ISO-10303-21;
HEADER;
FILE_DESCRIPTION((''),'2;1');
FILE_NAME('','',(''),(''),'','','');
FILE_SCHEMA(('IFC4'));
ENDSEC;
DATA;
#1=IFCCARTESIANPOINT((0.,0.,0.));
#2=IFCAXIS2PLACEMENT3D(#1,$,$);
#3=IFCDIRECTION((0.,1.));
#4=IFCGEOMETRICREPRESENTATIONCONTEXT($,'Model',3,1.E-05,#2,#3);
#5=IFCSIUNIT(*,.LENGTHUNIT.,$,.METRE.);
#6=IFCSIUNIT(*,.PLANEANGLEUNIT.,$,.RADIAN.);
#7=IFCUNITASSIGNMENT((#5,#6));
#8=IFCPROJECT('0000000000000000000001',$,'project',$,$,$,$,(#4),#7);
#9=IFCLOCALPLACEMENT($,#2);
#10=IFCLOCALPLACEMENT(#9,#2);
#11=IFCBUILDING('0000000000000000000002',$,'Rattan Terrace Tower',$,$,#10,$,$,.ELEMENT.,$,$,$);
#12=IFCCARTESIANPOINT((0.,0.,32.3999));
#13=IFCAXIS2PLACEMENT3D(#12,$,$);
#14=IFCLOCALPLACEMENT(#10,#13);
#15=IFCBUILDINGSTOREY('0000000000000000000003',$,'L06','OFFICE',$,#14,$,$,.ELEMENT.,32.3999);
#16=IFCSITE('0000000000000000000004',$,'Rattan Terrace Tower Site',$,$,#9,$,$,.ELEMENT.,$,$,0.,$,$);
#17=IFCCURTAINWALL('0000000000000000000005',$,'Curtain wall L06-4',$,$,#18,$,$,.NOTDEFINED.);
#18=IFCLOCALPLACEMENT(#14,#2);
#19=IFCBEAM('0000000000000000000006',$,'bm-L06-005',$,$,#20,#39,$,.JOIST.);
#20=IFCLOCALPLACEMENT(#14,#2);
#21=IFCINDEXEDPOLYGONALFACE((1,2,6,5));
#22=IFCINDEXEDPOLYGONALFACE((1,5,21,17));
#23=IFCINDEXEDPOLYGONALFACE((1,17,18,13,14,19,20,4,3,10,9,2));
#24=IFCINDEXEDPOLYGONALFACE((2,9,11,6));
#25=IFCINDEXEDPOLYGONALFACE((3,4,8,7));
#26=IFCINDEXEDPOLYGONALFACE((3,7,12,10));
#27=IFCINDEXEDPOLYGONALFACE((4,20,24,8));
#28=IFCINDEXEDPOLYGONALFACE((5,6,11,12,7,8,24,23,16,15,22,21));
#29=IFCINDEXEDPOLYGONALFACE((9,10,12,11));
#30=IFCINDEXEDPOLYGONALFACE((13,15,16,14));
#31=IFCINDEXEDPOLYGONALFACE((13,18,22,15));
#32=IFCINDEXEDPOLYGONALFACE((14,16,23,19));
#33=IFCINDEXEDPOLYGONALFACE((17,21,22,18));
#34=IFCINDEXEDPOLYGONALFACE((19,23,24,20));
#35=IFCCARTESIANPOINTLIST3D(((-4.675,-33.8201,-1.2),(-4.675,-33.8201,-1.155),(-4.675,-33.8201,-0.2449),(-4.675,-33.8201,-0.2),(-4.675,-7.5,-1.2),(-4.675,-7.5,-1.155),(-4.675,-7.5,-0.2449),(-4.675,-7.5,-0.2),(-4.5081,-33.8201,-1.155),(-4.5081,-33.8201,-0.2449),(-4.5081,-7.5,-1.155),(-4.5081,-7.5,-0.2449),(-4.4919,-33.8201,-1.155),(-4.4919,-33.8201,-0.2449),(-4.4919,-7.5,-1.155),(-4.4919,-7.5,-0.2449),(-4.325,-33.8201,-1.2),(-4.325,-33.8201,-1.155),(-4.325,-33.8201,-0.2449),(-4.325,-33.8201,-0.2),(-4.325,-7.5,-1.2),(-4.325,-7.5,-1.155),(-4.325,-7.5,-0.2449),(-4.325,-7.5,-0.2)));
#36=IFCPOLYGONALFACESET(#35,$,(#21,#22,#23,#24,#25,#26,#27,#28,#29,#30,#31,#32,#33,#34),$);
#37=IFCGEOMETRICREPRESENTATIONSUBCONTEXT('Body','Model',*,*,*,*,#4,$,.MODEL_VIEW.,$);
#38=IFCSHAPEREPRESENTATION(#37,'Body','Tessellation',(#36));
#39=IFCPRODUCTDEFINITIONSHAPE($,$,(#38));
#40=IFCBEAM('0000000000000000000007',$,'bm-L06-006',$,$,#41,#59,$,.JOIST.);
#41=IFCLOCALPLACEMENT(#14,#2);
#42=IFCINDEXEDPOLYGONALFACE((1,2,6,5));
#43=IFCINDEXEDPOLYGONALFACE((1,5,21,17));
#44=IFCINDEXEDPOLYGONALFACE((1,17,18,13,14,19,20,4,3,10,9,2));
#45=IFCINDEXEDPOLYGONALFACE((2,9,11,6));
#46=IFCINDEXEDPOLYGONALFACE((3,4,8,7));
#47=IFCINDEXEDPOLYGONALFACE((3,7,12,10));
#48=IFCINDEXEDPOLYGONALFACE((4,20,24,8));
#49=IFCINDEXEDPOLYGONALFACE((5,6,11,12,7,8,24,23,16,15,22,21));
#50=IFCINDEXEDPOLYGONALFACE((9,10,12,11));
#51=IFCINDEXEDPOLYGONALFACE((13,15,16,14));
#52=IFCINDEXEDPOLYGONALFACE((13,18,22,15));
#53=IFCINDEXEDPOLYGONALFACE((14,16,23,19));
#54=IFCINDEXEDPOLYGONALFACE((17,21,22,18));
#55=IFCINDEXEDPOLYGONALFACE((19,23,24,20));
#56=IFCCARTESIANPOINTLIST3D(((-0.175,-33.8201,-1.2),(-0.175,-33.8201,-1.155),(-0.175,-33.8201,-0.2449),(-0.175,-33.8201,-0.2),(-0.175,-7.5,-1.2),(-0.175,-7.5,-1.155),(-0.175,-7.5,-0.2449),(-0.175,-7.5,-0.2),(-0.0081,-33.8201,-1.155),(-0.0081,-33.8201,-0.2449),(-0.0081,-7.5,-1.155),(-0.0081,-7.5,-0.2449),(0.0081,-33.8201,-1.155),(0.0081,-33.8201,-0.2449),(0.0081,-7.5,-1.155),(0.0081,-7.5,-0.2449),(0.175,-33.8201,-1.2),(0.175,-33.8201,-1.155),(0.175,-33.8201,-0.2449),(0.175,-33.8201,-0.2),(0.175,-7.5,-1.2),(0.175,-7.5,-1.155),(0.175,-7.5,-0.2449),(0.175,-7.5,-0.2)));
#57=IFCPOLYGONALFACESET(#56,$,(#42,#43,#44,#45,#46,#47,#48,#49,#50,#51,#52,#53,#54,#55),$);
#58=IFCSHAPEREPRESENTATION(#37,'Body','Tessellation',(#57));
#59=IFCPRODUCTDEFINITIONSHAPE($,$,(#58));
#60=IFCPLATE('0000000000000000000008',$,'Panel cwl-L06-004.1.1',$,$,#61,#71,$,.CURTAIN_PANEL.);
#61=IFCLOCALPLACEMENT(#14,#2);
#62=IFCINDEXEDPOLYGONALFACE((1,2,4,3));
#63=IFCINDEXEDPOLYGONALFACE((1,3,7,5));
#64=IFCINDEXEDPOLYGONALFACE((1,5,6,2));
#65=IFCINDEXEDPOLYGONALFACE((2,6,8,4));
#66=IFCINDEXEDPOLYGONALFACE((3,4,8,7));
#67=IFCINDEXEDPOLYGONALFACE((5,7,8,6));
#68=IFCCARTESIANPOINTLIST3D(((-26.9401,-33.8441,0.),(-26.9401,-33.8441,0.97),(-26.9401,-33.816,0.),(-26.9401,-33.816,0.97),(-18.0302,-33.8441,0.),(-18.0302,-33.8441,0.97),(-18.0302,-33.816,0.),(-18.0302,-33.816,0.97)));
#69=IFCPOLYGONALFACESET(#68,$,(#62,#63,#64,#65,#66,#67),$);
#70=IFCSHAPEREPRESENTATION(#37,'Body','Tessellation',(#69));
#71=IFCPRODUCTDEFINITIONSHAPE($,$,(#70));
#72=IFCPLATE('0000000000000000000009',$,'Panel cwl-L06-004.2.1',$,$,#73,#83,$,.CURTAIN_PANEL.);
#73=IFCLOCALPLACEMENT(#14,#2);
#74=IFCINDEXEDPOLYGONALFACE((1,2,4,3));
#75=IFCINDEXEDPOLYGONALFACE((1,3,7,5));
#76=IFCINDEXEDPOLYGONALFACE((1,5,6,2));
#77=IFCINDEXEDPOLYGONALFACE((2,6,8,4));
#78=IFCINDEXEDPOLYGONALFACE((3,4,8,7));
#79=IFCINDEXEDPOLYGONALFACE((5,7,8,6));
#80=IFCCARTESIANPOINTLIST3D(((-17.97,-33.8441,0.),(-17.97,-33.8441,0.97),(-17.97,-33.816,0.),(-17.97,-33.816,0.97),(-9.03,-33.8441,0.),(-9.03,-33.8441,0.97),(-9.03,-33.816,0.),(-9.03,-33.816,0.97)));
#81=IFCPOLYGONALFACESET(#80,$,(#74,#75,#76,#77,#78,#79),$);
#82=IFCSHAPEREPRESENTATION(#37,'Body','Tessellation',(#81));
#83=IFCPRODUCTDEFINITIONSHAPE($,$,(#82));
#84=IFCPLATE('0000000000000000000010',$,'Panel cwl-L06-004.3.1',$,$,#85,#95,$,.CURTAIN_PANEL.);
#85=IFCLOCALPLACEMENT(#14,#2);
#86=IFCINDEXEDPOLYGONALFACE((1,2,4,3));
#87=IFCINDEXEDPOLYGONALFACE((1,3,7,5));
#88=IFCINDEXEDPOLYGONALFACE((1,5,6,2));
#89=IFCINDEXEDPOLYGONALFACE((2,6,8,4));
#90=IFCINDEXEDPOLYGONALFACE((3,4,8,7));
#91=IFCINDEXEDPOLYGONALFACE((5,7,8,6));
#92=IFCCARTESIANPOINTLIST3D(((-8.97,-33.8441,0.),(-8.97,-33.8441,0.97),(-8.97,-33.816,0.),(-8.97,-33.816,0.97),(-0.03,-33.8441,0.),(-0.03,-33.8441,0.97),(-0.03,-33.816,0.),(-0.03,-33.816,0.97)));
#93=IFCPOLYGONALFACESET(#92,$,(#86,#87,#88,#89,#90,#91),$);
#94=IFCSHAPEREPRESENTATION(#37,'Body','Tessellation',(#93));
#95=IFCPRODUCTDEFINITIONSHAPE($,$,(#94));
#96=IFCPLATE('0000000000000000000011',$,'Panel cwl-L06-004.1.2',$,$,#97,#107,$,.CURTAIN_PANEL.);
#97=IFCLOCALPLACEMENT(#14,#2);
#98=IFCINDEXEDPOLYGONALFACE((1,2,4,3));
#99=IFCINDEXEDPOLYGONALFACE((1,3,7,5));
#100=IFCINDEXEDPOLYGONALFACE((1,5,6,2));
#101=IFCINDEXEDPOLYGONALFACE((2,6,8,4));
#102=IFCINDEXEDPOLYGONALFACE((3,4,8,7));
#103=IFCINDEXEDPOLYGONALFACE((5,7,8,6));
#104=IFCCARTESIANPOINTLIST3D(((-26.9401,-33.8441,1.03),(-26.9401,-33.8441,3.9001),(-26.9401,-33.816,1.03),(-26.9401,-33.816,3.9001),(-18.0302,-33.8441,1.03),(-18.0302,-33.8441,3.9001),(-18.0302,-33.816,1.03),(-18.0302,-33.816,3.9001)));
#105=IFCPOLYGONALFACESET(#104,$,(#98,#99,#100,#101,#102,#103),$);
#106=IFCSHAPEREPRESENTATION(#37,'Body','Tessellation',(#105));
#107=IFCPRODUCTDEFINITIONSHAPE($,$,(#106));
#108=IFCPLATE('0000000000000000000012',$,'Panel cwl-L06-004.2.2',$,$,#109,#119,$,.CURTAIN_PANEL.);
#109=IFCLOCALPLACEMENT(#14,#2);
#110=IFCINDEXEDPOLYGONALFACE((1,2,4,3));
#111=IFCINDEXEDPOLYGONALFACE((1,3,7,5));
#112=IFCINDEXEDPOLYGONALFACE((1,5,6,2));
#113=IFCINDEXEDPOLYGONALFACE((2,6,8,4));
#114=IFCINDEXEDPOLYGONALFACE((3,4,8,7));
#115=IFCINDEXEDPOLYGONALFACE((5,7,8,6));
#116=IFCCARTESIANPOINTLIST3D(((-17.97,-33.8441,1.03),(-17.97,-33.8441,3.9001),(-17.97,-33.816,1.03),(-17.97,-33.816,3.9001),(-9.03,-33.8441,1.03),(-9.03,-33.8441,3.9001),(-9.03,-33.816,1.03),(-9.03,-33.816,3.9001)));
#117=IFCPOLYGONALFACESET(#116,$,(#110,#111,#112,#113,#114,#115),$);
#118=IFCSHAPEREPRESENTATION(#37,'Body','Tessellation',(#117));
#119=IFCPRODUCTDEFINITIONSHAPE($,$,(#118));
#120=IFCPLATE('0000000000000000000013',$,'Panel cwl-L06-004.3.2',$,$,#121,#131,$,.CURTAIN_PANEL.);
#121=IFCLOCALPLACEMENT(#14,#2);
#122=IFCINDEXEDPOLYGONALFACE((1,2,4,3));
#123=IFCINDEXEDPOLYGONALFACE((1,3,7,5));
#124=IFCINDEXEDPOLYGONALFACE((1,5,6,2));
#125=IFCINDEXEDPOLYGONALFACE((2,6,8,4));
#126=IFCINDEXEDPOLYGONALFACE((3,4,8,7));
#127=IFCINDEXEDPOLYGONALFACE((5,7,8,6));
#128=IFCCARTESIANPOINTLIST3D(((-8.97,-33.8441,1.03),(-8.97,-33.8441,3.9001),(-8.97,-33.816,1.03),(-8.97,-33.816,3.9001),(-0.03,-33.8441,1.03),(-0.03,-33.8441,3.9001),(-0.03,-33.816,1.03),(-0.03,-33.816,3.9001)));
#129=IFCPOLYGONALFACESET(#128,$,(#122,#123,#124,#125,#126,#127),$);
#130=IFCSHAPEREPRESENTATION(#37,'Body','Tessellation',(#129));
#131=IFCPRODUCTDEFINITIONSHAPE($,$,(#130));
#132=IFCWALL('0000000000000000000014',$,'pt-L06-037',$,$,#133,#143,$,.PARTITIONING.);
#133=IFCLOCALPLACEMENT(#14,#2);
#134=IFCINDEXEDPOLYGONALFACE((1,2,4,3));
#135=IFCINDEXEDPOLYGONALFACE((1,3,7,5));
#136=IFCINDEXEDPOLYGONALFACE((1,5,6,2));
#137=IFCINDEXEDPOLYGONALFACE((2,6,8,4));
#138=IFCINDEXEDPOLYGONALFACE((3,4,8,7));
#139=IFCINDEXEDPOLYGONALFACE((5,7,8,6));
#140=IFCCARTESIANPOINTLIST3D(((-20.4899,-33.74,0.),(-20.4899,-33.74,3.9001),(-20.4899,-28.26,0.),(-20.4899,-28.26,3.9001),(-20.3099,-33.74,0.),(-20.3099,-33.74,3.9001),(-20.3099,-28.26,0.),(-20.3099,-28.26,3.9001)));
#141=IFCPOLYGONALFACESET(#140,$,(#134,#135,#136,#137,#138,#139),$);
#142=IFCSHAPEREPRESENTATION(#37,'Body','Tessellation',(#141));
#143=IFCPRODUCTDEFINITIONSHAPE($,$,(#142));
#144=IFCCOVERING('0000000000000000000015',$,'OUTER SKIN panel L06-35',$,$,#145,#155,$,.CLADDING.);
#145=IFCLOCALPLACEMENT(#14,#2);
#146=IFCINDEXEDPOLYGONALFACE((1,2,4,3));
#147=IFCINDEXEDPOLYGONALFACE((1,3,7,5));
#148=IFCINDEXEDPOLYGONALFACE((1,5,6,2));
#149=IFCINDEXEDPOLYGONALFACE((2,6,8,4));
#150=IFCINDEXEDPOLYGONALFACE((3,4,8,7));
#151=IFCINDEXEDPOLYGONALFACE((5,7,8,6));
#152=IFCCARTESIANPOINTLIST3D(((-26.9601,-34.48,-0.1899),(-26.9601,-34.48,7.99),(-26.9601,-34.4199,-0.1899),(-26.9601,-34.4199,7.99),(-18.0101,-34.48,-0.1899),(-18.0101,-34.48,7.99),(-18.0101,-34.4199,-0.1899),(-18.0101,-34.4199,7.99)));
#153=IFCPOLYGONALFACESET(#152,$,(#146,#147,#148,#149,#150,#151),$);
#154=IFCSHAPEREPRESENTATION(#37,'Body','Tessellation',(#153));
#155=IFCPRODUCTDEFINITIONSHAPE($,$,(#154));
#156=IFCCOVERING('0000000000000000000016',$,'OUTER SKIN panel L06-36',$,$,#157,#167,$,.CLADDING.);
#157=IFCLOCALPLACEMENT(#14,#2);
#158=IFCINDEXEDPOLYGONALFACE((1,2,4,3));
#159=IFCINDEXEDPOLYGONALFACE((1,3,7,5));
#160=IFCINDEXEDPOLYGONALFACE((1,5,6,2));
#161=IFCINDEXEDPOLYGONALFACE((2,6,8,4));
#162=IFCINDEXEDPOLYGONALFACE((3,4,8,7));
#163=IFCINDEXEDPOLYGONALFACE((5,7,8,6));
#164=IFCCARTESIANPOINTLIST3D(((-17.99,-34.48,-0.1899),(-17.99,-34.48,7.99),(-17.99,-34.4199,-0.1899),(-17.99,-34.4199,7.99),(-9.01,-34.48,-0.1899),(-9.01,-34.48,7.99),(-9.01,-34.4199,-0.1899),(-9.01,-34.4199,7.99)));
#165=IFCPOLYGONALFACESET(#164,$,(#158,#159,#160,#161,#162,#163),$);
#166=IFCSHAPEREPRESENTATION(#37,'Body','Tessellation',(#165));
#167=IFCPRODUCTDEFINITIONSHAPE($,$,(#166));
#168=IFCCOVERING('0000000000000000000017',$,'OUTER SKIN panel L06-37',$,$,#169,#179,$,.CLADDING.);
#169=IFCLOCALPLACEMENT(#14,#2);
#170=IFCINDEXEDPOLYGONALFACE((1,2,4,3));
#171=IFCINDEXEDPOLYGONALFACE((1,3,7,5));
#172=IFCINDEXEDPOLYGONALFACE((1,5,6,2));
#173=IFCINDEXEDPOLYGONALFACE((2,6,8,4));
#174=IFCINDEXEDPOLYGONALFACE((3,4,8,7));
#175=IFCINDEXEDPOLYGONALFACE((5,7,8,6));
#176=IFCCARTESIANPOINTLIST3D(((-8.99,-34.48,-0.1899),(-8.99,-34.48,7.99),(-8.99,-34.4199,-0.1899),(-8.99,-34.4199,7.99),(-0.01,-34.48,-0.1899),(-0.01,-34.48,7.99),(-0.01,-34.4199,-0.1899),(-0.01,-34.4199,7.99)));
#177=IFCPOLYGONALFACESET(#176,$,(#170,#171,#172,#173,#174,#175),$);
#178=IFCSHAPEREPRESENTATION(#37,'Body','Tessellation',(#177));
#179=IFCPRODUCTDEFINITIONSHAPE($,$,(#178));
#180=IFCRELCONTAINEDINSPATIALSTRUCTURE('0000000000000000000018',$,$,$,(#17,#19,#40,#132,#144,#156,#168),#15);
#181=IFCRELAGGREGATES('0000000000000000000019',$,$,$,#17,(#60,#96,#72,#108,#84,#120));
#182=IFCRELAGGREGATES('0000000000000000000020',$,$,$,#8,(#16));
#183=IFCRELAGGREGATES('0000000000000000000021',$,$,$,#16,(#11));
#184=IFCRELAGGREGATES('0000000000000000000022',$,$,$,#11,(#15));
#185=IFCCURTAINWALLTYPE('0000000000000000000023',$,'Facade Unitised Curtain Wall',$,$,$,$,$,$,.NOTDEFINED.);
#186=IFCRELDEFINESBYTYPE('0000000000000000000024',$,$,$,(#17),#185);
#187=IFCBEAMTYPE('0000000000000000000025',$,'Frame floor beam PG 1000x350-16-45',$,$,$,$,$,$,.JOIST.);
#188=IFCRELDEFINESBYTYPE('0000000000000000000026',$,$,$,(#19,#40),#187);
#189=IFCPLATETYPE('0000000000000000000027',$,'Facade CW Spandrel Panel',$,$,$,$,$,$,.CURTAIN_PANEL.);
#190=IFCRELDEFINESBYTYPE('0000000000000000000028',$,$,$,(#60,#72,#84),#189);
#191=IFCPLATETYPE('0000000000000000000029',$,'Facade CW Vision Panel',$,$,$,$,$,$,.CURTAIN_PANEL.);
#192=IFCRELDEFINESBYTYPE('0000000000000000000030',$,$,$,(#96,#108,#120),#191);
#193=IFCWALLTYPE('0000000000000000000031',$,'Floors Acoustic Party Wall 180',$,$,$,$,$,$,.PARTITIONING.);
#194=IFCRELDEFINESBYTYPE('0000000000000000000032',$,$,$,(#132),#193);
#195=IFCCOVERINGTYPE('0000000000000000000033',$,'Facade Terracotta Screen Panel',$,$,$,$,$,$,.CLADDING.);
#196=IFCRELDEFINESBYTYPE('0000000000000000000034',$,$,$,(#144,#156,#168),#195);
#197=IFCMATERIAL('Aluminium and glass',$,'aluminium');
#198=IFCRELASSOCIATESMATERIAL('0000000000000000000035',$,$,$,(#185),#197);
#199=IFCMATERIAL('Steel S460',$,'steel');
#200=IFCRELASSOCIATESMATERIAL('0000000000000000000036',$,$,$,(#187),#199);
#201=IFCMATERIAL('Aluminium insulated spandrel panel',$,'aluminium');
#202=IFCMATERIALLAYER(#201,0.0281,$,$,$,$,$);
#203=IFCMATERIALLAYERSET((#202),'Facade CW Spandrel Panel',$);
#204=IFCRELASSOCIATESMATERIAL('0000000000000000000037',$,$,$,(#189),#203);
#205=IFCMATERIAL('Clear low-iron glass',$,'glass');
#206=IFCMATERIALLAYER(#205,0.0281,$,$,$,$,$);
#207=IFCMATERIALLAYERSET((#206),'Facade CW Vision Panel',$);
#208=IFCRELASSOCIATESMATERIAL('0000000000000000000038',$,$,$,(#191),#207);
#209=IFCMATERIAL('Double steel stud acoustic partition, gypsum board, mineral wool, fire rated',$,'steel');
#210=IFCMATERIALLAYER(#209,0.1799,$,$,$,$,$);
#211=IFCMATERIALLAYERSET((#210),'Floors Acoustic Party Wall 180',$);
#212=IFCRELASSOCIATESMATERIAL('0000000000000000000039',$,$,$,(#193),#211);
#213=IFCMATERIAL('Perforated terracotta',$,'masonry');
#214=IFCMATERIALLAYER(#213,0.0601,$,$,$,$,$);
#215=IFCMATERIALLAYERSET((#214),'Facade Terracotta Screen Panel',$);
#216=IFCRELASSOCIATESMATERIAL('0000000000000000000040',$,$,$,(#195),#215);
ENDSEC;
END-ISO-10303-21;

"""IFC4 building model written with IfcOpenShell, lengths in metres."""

from ifc_helpers import new_model, si_unit, direction, frame, frame_2d, origin, origin_2d, place, context, subcontext, project, spatial, rectangle, i_section, extrude, material, layer, layer_set, material_profile, profile_set, type_object, element, aggregate, save


model = new_model("IFC4")

# Units and contexts
model_context = context("Model", 3, precision=1e-05, world=origin(), true_north=direction((0.0, 1.0)))
body_context = subcontext(model_context, "Body", "Model", "MODEL_VIEW")
ifc_project = project(units=[si_unit("LENGTHUNIT", "METRE"), si_unit("PLANEANGLEUNIT", "RADIAN")], contexts=[model_context])

# Site, building, storey
site_placement = place(None, origin())
site = spatial("IfcSite", under=ifc_project, at=site_placement, Name="Rattan Terrace Tower Site", CompositionType="ELEMENT", RefElevation=0.0)
building_placement = place(site_placement, origin())
building = spatial("IfcBuilding", under=site, at=building_placement, Name="Rattan Terrace Tower", CompositionType="ELEMENT")
storey_placement = place(building_placement, frame((0.0, 0.0, 32.3999)))
storey = spatial("IfcBuildingStorey", under=building, at=storey_placement, Name="L06", Description="OFFICE", CompositionType="ELEMENT", Elevation=32.3999)

# Curtain wall
ifc_material_1 = material(Name="Aluminium and glass", Category="aluminium")
curtain_wall_type = type_object("IfcCurtainWallType", Name="Facade Unitised Curtain Wall", PredefinedType="NOTDEFINED", material=ifc_material_1)
curtain_wall_placement = place(storey_placement, origin())
curtain_wall = element("IfcCurtainWall", 1, at=curtain_wall_placement, inside=storey, type_object=curtain_wall_type, Name="Curtain wall L06-4", PredefinedType="NOTDEFINED")

# Beams
ifc_material_2 = material(Name="Steel S460", Category="steel")
ifc_material_profile_1 = material_profile(ifc_material_2, i_section(OverallWidth=0.3501, OverallDepth=1.0, WebThickness=0.0161, FlangeThickness=0.0449, at=origin_2d()), Name="PG 1000x350-16-45")
ifc_profile_set_1 = profile_set([ifc_material_profile_1], Name="Steel S460")
beam_type_1 = type_object("IfcBeamType", Name="Frame floor beam PG 1000x350-16-45", PredefinedType="JOIST", material=ifc_profile_set_1)
for number, where, z_axis, x_axis, name in (
    (2, (-4.5, -33.8201, -0.7), (0.0, 1.0, 0.0), (-1.0, 0.0, 0.0), "bm-L06-005"),
    (3, (0.0, -33.8201, -0.7), (0.0, 1.0, 0.0), (-1.0, 0.0, 0.0), "bm-L06-006"),
):
    element("IfcBeam", number, at=place(storey_placement, frame(where, z_axis=z_axis, x_axis=x_axis)), inside=storey, type_object=beam_type_1, Name=name, PredefinedType="JOIST", context=body_context, shape_type="SweptSolid", body=[
        extrude(i_section(OverallWidth=0.3501, OverallDepth=1.0, WebThickness=0.0161, FlangeThickness=0.0449, at=origin_2d()), origin(), (0.0, 0.0, 1.0), 26.3201),
    ])

# Plates
ifc_material_3 = material(Name="Aluminium insulated spandrel panel", Category="aluminium")
ifc_layer_1 = layer(ifc_material_3, 0.0281)
ifc_layer_set_1 = layer_set([ifc_layer_1], Name="Facade CW Spandrel Panel")
plate_type_1 = type_object("IfcPlateType", Name="Facade CW Spandrel Panel", PredefinedType="CURTAIN_PANEL", material=ifc_layer_set_1)
plate_1_placement = place(storey_placement, frame((-22.4851, -33.8301, 0.0), z_axis=(0.0, 0.0, 1.0), x_axis=(1.0, 0.0, 0.0)))
plate_1 = element("IfcPlate", 4, at=plate_1_placement, type_object=plate_type_1, Name="Panel cwl-L06-004.1.1", PredefinedType="CURTAIN_PANEL", context=body_context, shape_type="SweptSolid", body=[
    extrude(rectangle(XDim=8.9099, YDim=0.0281, at=origin_2d()), origin(), (0.0, 0.0, 1.0), 0.97),
])
plate_2_placement = place(storey_placement, frame((-13.5, -33.8301, 0.0), z_axis=(0.0, 0.0, 1.0), x_axis=(1.0, 0.0, 0.0)))
plate_2 = element("IfcPlate", 5, at=plate_2_placement, type_object=plate_type_1, Name="Panel cwl-L06-004.2.1", PredefinedType="CURTAIN_PANEL", context=body_context, shape_type="SweptSolid", body=[
    extrude(rectangle(XDim=8.9399, YDim=0.0281, at=origin_2d()), origin(), (0.0, 0.0, 1.0), 0.97),
])
plate_3_placement = place(storey_placement, frame((-4.5, -33.8301, 0.0), z_axis=(0.0, 0.0, 1.0), x_axis=(1.0, 0.0, 0.0)))
plate_3 = element("IfcPlate", 6, at=plate_3_placement, type_object=plate_type_1, Name="Panel cwl-L06-004.3.1", PredefinedType="CURTAIN_PANEL", context=body_context, shape_type="SweptSolid", body=[
    extrude(rectangle(XDim=8.9399, YDim=0.0281, at=origin_2d()), origin(), (0.0, 0.0, 1.0), 0.97),
])
ifc_material_4 = material(Name="Clear low-iron glass", Category="glass")
ifc_layer_2 = layer(ifc_material_4, 0.0281)
ifc_layer_set_2 = layer_set([ifc_layer_2], Name="Facade CW Vision Panel")
plate_type_2 = type_object("IfcPlateType", Name="Facade CW Vision Panel", PredefinedType="CURTAIN_PANEL", material=ifc_layer_set_2)
plate_4_placement = place(storey_placement, frame((-22.4851, -33.8301, 1.03), z_axis=(0.0, 0.0, 1.0), x_axis=(1.0, 0.0, 0.0)))
plate_4 = element("IfcPlate", 7, at=plate_4_placement, type_object=plate_type_2, Name="Panel cwl-L06-004.1.2", PredefinedType="CURTAIN_PANEL", context=body_context, shape_type="SweptSolid", body=[
    extrude(rectangle(XDim=8.9099, YDim=0.0281, at=origin_2d()), origin(), (0.0, 0.0, 1.0), 2.8701),
])
plate_5_placement = place(storey_placement, frame((-13.5, -33.8301, 1.03), z_axis=(0.0, 0.0, 1.0), x_axis=(1.0, 0.0, 0.0)))
plate_5 = element("IfcPlate", 8, at=plate_5_placement, type_object=plate_type_2, Name="Panel cwl-L06-004.2.2", PredefinedType="CURTAIN_PANEL", context=body_context, shape_type="SweptSolid", body=[
    extrude(rectangle(XDim=8.9399, YDim=0.0281, at=origin_2d()), origin(), (0.0, 0.0, 1.0), 2.8701),
])
plate_6_placement = place(storey_placement, frame((-4.5, -33.8301, 1.03), z_axis=(0.0, 0.0, 1.0), x_axis=(1.0, 0.0, 0.0)))
plate_6 = element("IfcPlate", 9, at=plate_6_placement, type_object=plate_type_2, Name="Panel cwl-L06-004.3.2", PredefinedType="CURTAIN_PANEL", context=body_context, shape_type="SweptSolid", body=[
    extrude(rectangle(XDim=8.9399, YDim=0.0281, at=origin_2d()), origin(), (0.0, 0.0, 1.0), 2.8701),
])
aggregate(curtain_wall, [plate_1, plate_4, plate_2, plate_5, plate_3, plate_6])

# Wall
ifc_material_5 = material(Name="Double steel stud acoustic partition, gypsum board, mineral wool, fire rated", Category="steel")
ifc_layer_3 = layer(ifc_material_5, 0.1799)
ifc_layer_set_3 = layer_set([ifc_layer_3], Name="Floors Acoustic Party Wall 180")
wall_type = type_object("IfcWallType", Name="Floors Acoustic Party Wall 180", PredefinedType="PARTITIONING", material=ifc_layer_set_3)
wall_placement = place(storey_placement, frame((-20.3999, -28.26, 0.0), z_axis=(0.0, 0.0, 1.0), x_axis=(0.0, -1.0, 0.0)))
element("IfcWall", 10, at=wall_placement, inside=storey, type_object=wall_type, Name="pt-L06-037", PredefinedType="PARTITIONING", context=body_context, shape_type="SweptSolid", body=[
    extrude(rectangle(XDim=5.48, YDim=0.1799, at=frame_2d((2.74, 0.0))), origin(), (0.0, 0.0, 1.0), 3.9001),
])

# Coverings
ifc_material_6 = material(Name="Perforated terracotta", Category="masonry")
ifc_layer_4 = layer(ifc_material_6, 0.0601)
ifc_layer_set_4 = layer_set([ifc_layer_4], Name="Facade Terracotta Screen Panel")
covering_type = type_object("IfcCoveringType", Name="Facade Terracotta Screen Panel", PredefinedType="CLADDING", material=ifc_layer_set_4)
covering_placement = place(storey_placement, frame((-22.4851, -34.45, -0.1899), z_axis=(0.0, 0.0, 1.0), x_axis=(1.0, 0.0, 0.0)))
element("IfcCovering", 11, at=covering_placement, inside=storey, type_object=covering_type, Name="OUTER SKIN panel L06-35", PredefinedType="CLADDING", context=body_context, shape_type="SweptSolid", body=[
    extrude(rectangle(XDim=8.95, YDim=0.0601, at=origin_2d()), origin(), (0.0, 0.0, 1.0), 8.1799),
])
for number, where, z_axis, x_axis, name in (
    (12, (-13.5, -34.45, -0.1899), (0.0, 0.0, 1.0), (1.0, 0.0, 0.0), "OUTER SKIN panel L06-36"),
    (13, (-4.5, -34.45, -0.1899), (0.0, 0.0, 1.0), (1.0, 0.0, 0.0), "OUTER SKIN panel L06-37"),
):
    element("IfcCovering", number, at=place(storey_placement, frame(where, z_axis=z_axis, x_axis=x_axis)), inside=storey, type_object=covering_type, Name=name, PredefinedType="CLADDING", context=body_context, shape_type="SweptSolid", body=[
        extrude(rectangle(XDim=8.98, YDim=0.0601, at=origin_2d()), origin(), (0.0, 0.0, 1.0), 8.1799),
    ])

save(model, "model.ifc")
